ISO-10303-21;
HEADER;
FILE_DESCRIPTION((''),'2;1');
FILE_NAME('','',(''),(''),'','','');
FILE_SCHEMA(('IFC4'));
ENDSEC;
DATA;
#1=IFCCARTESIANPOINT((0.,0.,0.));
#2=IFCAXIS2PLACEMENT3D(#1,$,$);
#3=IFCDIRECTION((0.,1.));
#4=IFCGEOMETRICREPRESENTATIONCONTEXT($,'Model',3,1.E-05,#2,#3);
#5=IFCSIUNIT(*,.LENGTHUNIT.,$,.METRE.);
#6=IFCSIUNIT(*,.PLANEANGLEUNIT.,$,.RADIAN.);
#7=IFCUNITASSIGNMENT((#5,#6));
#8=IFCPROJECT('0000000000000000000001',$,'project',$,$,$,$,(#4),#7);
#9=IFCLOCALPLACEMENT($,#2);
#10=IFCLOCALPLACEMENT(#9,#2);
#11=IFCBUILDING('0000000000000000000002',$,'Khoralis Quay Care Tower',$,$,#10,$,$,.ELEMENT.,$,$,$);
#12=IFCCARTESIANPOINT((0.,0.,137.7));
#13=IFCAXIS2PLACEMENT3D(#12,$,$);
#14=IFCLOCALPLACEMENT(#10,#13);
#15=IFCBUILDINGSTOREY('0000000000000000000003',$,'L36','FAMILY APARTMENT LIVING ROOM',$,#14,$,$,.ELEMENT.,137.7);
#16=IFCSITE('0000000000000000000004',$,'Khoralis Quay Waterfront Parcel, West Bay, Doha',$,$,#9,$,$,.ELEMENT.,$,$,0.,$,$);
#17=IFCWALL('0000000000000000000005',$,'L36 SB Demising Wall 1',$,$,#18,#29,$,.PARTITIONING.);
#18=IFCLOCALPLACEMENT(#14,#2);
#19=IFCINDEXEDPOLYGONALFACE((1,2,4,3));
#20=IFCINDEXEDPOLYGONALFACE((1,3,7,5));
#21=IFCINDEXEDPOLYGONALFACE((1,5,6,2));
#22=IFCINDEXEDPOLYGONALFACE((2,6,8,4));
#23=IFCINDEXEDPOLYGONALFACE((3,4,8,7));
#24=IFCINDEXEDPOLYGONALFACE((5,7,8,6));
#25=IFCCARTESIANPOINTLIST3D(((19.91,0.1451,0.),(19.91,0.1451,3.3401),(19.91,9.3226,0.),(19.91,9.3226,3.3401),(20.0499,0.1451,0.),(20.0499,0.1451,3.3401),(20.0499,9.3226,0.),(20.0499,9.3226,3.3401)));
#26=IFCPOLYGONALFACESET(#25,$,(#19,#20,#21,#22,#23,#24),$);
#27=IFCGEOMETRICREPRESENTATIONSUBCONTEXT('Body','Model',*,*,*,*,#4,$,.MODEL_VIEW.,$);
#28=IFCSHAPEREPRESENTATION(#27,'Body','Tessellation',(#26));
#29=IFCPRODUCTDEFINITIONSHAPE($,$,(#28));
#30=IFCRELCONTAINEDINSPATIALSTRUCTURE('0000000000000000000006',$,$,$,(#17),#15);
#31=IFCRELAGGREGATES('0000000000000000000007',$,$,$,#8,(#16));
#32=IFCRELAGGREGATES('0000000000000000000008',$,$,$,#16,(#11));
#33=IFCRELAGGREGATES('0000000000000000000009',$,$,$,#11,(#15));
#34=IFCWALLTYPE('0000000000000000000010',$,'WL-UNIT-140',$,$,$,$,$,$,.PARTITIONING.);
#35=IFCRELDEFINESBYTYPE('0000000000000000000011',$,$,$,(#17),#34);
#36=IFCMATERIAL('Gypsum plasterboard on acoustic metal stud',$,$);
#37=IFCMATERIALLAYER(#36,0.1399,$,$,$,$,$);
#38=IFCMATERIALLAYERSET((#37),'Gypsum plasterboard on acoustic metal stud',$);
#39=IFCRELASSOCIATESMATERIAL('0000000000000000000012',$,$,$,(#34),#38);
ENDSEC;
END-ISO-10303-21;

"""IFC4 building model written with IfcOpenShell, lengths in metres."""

from ifc_helpers import new_model, si_unit, direction, frame, frame_2d, origin, place, context, subcontext, project, spatial, rectangle, extrude, material, layer, layer_set, type_object, element, save


model = new_model("IFC4")

# Units and contexts
model_context = context("Model", 3, precision=1e-05, world=origin(), true_north=direction((0.0, 1.0)))
body_context = subcontext(model_context, "Body", "Model", "MODEL_VIEW")
ifc_project = project(units=[si_unit("LENGTHUNIT", "METRE"), si_unit("PLANEANGLEUNIT", "RADIAN")], contexts=[model_context])

# Site, building, storey
site_placement = place(None, origin())
site = spatial("IfcSite", under=ifc_project, at=site_placement, Name="Khoralis Quay Waterfront Parcel, West Bay, Doha", CompositionType="ELEMENT", RefElevation=0.0)
building_placement = place(site_placement, origin())
building = spatial("IfcBuilding", under=site, at=building_placement, Name="Khoralis Quay Care Tower", CompositionType="ELEMENT")
storey_placement = place(building_placement, frame((0.0, 0.0, 137.7)))
storey = spatial("IfcBuildingStorey", under=building, at=storey_placement, Name="L36", Description="FAMILY APARTMENT LIVING ROOM", CompositionType="ELEMENT", Elevation=137.7)

# Shared definitions
ifc_material_1 = material(Name="Gypsum plasterboard on acoustic metal stud")

# Wall
ifc_layer_1 = layer(ifc_material_1, 0.1399)
ifc_layer_set_1 = layer_set([ifc_layer_1], Name="Gypsum plasterboard on acoustic metal stud")
wall_type_1 = type_object("IfcWallType", Name="WL-UNIT-140", PredefinedType="PARTITIONING", material=ifc_layer_set_1)
wall_1_placement = place(storey_placement, frame((19.98, 0.145, 0.0), z_axis=(0.0, 0.0, 1.0), x_axis=(0.0, 1.0, 0.0)))
element("IfcWall", 1, at=wall_1_placement, inside=storey, type_object=wall_type_1, Name="L36 SB Demising Wall 1", PredefinedType="PARTITIONING", context=body_context, shape_type="SweptSolid", body=[
    extrude(rectangle(XDim=9.1775, YDim=0.1399, at=frame_2d((4.5889, 0.0))), origin(), (0.0, 0.0, 1.0), 3.3401),
])

save(model, "model.ifc")
